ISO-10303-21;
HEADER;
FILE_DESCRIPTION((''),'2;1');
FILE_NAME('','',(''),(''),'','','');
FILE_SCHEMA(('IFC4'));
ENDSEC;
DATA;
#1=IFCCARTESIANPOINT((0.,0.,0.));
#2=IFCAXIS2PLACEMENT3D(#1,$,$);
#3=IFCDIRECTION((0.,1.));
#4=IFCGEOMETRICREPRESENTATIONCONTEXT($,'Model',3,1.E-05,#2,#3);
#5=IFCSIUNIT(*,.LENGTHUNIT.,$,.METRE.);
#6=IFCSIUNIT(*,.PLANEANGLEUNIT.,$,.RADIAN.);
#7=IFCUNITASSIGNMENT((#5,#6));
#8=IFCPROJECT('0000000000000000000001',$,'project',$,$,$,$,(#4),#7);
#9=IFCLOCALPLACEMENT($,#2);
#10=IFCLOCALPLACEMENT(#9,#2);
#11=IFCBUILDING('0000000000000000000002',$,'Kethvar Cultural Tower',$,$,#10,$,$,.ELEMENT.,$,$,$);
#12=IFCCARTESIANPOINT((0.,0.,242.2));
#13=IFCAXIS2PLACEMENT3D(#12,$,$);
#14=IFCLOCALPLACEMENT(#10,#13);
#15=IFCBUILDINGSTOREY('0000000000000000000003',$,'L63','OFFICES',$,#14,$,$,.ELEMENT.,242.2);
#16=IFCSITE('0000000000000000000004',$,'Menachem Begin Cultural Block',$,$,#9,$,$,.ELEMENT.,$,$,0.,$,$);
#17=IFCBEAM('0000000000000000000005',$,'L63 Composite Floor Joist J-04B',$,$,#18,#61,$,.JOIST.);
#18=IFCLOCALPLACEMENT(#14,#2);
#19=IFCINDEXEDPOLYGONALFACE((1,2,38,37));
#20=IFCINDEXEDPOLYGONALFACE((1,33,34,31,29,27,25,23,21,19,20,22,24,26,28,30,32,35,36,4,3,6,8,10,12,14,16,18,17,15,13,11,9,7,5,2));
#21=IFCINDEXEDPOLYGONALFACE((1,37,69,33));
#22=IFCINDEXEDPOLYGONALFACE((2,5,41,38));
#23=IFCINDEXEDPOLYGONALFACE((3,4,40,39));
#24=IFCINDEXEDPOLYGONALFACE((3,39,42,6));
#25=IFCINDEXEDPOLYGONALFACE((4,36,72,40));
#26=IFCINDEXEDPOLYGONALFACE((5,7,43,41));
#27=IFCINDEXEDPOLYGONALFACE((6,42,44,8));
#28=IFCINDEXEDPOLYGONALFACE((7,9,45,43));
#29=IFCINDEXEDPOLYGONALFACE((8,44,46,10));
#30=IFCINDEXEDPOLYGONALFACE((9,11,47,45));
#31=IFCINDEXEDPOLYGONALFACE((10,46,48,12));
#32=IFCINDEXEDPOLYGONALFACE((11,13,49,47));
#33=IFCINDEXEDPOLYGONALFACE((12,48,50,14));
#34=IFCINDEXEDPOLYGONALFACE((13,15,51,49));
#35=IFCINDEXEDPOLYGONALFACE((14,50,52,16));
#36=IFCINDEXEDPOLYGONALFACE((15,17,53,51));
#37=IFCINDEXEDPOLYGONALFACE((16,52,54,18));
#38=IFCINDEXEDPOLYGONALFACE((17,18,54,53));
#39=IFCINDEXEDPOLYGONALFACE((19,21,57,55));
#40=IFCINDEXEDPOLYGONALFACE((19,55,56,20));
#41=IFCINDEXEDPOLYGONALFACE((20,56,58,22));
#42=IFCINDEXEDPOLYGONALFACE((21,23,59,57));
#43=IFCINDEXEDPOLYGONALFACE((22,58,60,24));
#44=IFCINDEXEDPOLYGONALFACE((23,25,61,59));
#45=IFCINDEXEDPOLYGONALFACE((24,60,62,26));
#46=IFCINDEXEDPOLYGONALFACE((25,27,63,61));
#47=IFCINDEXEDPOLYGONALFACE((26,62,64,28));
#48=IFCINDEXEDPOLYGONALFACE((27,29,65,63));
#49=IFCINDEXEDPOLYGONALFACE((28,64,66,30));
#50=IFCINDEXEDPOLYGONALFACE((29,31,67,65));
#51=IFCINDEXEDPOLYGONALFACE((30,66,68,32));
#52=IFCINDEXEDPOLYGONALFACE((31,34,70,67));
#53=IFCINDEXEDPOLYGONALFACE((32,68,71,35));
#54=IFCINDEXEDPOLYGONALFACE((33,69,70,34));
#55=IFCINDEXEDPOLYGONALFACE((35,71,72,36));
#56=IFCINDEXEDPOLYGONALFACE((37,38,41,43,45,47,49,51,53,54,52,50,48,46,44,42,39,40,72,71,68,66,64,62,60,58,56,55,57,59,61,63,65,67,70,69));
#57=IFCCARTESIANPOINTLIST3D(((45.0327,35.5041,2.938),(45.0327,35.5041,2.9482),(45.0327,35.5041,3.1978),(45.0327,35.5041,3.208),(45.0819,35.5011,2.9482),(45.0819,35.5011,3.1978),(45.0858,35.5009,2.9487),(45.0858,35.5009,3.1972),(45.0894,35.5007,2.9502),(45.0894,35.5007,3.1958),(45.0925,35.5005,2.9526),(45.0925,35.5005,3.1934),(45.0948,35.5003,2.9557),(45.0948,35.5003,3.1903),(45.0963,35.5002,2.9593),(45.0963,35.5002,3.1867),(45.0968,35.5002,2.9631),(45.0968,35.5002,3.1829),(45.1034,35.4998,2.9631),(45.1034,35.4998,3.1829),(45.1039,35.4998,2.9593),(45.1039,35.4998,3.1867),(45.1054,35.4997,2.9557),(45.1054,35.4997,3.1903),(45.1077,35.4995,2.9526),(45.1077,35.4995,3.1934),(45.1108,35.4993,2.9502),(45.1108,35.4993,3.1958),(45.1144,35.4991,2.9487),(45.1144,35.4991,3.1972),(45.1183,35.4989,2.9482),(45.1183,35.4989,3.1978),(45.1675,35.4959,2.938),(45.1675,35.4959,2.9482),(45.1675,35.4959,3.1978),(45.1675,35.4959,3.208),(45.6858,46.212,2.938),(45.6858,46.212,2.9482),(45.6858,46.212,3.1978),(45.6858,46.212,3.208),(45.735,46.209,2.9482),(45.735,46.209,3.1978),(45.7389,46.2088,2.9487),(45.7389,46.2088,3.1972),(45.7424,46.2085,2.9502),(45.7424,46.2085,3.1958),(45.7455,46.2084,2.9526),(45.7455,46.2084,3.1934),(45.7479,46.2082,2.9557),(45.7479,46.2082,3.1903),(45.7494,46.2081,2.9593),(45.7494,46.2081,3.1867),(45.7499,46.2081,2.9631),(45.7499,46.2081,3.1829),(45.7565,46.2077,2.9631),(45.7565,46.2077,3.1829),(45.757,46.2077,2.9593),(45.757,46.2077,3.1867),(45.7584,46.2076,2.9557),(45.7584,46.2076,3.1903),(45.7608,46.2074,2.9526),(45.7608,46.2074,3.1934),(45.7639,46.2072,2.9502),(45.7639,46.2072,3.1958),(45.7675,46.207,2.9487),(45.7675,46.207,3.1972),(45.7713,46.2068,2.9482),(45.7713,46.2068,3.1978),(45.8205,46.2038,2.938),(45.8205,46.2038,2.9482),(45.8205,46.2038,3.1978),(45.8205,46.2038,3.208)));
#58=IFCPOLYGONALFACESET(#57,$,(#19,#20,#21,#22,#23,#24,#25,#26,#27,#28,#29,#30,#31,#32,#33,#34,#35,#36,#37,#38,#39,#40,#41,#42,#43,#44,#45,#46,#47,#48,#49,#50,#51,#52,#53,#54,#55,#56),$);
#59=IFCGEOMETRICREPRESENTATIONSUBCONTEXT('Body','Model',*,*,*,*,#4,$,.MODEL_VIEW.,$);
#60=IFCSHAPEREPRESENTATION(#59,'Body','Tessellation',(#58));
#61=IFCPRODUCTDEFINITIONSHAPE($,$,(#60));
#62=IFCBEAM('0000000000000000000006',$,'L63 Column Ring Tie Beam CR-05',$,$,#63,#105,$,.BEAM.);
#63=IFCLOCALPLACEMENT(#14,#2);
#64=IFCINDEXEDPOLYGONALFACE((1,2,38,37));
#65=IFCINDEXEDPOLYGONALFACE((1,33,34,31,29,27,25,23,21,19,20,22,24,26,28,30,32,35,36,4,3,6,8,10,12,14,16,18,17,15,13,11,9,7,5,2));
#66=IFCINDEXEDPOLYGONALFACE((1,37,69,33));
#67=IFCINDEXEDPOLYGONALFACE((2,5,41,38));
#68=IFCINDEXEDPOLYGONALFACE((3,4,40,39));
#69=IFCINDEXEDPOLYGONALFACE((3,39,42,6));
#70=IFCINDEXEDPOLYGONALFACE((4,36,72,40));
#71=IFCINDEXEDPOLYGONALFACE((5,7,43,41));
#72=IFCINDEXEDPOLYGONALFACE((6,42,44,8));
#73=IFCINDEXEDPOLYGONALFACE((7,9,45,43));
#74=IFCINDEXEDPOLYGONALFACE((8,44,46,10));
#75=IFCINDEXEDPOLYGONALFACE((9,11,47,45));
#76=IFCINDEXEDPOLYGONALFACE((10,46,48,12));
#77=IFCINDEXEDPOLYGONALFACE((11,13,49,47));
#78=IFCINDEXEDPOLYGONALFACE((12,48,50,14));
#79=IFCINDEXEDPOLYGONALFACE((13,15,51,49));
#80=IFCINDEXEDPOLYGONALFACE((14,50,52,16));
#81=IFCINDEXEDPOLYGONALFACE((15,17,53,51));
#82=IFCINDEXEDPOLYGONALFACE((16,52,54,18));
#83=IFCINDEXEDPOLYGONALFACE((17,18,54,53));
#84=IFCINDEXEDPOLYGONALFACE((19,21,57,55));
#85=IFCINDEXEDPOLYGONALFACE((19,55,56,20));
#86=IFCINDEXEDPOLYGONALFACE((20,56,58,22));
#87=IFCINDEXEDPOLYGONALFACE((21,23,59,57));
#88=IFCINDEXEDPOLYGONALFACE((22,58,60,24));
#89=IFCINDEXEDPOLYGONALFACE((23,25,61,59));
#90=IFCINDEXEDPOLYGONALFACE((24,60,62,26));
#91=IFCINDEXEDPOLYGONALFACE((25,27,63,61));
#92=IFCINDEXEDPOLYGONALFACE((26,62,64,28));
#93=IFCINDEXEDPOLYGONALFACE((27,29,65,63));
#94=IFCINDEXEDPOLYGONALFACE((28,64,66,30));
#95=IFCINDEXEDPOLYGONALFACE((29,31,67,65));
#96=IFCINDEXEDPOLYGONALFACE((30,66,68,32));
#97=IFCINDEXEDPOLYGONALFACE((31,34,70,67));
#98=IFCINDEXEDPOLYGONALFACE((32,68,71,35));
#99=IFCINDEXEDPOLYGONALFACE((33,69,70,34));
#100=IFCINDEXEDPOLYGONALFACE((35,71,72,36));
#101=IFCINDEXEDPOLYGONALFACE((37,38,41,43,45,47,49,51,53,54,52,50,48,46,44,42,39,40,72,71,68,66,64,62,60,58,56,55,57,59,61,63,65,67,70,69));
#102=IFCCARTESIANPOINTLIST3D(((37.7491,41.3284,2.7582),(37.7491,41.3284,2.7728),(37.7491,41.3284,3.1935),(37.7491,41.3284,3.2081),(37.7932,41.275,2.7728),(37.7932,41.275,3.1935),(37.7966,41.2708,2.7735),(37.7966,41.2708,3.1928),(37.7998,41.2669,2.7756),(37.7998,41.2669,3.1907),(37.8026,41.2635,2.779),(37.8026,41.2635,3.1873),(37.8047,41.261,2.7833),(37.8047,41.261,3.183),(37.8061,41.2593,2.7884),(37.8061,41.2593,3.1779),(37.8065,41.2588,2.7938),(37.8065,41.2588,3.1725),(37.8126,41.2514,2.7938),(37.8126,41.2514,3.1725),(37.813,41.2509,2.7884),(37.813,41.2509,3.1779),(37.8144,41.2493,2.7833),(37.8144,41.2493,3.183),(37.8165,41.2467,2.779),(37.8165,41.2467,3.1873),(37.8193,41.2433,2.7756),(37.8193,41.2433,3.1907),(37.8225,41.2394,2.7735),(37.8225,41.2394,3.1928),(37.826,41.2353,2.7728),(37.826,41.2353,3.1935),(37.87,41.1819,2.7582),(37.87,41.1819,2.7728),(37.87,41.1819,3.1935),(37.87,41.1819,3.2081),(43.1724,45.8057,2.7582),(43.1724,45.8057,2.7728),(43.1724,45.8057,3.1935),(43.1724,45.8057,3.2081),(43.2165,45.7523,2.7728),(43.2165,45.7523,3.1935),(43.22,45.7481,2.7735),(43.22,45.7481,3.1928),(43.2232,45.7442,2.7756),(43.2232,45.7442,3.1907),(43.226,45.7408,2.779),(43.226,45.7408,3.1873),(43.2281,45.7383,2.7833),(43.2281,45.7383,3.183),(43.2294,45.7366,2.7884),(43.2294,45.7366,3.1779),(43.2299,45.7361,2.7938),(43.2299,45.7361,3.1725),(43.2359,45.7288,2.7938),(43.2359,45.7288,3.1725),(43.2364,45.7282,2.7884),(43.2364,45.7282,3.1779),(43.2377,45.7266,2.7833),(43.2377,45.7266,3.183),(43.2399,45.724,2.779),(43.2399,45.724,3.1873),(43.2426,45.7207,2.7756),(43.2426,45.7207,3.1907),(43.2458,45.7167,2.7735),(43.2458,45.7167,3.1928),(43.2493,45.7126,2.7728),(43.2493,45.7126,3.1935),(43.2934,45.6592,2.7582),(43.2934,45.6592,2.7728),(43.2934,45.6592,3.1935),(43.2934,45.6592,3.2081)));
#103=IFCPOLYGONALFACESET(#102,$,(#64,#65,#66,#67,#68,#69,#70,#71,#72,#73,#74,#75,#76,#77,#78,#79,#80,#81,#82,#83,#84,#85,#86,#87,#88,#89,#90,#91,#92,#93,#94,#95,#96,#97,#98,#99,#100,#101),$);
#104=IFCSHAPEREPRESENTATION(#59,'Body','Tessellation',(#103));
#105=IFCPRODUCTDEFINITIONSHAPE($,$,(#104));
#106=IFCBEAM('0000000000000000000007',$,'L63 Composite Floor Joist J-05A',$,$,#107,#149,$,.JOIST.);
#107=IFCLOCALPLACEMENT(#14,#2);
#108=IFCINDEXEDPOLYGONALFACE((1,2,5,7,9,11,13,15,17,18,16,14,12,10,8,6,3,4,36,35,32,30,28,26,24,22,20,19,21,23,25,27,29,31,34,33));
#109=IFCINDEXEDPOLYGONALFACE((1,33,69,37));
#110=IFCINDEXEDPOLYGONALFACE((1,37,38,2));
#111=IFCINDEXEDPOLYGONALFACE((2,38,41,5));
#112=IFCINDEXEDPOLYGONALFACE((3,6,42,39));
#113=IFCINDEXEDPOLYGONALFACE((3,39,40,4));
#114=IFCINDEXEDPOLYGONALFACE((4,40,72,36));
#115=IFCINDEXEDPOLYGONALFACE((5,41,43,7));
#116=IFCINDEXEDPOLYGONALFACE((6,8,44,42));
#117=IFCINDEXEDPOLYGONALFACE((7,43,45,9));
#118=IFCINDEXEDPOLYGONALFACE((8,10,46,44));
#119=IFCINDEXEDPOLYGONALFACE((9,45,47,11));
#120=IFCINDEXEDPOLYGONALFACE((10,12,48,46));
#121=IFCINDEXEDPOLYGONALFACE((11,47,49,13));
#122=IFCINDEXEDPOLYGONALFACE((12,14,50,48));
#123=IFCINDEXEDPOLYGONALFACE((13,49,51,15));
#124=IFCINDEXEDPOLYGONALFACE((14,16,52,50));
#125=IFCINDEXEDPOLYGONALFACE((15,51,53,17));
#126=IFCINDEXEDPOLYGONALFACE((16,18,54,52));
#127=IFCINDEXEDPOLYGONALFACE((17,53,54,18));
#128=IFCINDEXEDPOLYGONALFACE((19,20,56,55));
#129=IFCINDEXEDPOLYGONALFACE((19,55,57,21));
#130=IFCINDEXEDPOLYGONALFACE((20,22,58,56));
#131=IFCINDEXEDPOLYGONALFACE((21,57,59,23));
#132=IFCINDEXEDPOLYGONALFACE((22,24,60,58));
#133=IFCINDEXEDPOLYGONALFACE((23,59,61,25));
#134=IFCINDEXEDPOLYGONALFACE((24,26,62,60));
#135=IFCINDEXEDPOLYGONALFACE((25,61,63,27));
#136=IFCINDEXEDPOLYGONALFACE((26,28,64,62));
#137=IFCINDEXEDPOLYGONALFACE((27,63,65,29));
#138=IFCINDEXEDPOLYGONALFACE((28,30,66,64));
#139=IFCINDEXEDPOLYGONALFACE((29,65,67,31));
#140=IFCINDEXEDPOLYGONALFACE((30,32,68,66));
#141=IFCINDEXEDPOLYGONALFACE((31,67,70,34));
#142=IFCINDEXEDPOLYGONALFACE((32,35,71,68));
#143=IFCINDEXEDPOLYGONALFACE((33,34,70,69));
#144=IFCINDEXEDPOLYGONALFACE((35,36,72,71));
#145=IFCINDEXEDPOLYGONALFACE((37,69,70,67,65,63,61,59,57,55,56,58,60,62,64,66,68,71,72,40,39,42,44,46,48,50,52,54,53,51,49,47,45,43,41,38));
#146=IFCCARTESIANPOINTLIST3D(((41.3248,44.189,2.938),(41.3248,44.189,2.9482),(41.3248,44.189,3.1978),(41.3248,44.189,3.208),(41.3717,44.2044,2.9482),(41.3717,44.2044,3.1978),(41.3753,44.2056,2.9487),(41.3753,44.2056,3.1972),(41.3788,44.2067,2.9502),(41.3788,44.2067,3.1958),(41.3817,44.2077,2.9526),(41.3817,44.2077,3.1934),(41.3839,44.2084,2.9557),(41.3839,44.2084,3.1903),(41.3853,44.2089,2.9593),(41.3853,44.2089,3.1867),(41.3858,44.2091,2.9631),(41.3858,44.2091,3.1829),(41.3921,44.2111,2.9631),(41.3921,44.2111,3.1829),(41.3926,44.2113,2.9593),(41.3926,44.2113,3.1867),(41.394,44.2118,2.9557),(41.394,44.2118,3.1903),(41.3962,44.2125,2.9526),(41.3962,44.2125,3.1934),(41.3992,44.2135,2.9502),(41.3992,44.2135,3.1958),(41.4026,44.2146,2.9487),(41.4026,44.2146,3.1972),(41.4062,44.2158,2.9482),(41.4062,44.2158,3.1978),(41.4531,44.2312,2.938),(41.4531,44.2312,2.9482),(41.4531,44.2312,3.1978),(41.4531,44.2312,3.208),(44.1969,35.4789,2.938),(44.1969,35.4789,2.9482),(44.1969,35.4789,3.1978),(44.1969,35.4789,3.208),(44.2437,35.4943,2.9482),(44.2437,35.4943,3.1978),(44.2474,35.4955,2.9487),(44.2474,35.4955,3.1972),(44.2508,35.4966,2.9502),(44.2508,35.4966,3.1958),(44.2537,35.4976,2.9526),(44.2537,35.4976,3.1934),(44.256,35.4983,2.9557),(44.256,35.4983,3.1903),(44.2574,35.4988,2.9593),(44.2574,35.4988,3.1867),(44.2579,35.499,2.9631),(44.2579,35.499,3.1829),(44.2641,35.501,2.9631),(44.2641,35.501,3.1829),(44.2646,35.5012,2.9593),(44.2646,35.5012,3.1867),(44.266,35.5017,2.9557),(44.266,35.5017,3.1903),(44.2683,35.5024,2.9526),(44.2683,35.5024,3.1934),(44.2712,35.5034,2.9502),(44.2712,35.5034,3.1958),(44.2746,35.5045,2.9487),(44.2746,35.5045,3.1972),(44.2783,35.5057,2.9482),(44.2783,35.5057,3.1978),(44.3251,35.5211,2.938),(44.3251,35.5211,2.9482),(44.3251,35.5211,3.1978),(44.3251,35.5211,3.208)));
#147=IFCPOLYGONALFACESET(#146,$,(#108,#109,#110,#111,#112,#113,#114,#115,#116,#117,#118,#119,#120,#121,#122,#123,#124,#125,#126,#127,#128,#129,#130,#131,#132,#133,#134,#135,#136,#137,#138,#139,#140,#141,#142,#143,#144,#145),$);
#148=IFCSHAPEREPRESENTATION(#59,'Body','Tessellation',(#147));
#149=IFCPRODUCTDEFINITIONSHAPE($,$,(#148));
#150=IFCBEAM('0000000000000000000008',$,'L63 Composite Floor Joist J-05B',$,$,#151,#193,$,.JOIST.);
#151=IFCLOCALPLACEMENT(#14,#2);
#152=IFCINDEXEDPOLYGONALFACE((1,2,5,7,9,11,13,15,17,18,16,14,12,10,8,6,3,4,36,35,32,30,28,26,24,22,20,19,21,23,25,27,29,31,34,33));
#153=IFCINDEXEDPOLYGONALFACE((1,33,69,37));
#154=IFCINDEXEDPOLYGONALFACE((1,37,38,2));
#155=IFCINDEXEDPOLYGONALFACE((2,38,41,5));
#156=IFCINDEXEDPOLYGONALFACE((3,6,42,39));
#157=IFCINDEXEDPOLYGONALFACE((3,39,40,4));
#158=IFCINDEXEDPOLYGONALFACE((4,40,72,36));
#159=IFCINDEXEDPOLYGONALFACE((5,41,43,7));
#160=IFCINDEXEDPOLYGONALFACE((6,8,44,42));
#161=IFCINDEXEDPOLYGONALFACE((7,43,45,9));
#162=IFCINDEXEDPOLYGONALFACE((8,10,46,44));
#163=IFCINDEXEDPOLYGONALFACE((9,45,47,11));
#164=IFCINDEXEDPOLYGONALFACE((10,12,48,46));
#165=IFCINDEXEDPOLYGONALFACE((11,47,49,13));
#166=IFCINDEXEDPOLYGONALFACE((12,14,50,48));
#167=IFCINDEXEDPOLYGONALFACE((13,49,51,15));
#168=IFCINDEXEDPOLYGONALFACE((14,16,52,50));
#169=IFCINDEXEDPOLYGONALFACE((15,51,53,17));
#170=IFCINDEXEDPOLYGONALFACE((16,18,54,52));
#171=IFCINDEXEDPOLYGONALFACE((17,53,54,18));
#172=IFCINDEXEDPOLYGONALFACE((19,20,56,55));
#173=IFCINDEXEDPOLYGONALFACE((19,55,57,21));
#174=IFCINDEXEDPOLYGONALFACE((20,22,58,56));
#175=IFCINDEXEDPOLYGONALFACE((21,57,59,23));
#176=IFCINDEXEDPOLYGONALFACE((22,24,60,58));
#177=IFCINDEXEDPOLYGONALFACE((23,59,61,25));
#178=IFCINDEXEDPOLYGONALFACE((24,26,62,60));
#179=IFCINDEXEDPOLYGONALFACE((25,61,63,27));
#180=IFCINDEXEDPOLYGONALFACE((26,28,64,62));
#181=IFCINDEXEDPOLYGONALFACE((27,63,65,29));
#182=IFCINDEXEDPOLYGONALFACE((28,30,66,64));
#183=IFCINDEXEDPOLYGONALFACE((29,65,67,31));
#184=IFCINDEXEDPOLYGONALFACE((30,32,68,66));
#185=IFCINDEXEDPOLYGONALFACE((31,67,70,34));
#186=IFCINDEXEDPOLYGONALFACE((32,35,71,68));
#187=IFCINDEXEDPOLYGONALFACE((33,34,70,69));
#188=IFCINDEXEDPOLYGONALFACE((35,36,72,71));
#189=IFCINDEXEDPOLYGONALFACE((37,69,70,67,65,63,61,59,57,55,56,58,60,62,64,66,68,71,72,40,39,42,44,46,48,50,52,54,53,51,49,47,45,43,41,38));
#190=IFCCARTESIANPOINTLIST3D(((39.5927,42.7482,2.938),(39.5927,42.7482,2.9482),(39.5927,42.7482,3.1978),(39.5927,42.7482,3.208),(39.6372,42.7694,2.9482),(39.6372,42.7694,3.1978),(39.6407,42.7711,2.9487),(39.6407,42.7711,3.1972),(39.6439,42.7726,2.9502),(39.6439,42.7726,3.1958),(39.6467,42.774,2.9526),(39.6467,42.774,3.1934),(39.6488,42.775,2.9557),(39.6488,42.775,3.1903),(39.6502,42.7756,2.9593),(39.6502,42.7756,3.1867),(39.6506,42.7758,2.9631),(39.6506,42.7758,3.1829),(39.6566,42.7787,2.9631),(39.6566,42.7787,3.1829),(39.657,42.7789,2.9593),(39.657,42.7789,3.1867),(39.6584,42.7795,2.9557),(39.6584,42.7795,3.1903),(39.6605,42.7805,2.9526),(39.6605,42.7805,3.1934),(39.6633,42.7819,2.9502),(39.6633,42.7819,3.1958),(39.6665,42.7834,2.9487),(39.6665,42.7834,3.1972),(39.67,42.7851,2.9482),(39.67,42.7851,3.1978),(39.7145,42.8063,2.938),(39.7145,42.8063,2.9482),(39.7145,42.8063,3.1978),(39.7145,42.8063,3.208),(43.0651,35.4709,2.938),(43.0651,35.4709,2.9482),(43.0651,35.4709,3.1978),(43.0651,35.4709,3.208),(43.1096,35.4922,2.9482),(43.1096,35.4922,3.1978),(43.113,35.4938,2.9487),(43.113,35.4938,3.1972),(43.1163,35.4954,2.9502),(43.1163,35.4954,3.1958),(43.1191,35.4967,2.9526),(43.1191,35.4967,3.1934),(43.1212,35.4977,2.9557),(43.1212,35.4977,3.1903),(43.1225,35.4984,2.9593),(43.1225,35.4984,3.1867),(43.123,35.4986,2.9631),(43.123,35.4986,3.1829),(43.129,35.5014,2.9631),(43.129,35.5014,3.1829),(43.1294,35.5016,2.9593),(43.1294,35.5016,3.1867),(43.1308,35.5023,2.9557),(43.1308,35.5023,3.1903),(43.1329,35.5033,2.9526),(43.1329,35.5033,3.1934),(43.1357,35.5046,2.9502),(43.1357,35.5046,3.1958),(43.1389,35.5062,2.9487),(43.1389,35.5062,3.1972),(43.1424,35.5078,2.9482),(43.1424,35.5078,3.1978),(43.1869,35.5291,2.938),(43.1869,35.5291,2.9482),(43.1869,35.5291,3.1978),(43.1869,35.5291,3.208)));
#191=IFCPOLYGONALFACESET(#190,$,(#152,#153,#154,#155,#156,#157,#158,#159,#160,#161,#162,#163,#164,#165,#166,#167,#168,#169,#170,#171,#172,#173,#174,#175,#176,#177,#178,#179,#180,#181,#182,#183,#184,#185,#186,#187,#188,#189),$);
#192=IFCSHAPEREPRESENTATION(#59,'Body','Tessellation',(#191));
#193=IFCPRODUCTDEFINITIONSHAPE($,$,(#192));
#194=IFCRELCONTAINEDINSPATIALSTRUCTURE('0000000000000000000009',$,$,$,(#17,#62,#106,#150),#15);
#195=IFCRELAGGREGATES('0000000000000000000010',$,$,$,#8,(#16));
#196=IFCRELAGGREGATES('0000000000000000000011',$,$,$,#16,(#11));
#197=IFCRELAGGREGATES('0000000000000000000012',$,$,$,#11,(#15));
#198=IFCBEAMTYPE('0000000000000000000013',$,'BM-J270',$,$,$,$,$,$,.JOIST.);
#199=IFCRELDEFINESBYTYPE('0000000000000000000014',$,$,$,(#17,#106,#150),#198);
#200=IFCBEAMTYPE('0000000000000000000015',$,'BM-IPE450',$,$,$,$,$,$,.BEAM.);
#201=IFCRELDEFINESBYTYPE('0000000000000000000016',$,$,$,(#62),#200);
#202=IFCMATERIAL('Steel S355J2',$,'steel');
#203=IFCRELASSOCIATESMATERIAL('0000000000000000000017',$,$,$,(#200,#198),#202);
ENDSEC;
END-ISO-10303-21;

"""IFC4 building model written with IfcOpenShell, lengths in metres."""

from ifc_helpers import new_model, si_unit, direction, frame, origin, origin_2d, place, context, subcontext, project, spatial, i_section, extrude, source, transform, mapped, material, material_profile, profile_set, type_object, element, save


model = new_model("IFC4")

# Units and contexts
model_context = context("Model", 3, precision=1e-05, world=origin(), true_north=direction((0.0, 1.0)))
body_context = subcontext(model_context, "Body", "Model", "MODEL_VIEW")
ifc_project = project(units=[si_unit("LENGTHUNIT", "METRE"), si_unit("PLANEANGLEUNIT", "RADIAN")], contexts=[model_context])

# Site, building, storey
site_placement = place(None, origin())
site = spatial("IfcSite", under=ifc_project, at=site_placement, Name="Menachem Begin Cultural Block", CompositionType="ELEMENT", RefElevation=0.0)
building_placement = place(site_placement, origin())
building = spatial("IfcBuilding", under=site, at=building_placement, Name="Kethvar Cultural Tower", CompositionType="ELEMENT")
storey_placement = place(building_placement, frame((0.0, 0.0, 242.2)))
storey = spatial("IfcBuildingStorey", under=building, at=storey_placement, Name="L63", Description="OFFICES", CompositionType="ELEMENT", Elevation=242.2)

# Beams
ifc_material_1 = material(Name="Steel S355J2", Category="steel")
ifc_material_profile_1 = material_profile(ifc_material_1, i_section(OverallWidth=0.1899, OverallDepth=0.45, WebThickness=0.0095, FlangeThickness=0.0146, FilletRadius=0.021, at=origin_2d()), Name="Steel S355J2 — IPE450")
ifc_profile_set_1 = profile_set([ifc_material_profile_1], Name="Steel S355J2 — IPE450")
beam_type_1 = type_object("IfcBeamType", Name="BM-IPE450", PredefinedType="BEAM", material=ifc_profile_set_1)
ifc_material_profile_2 = material_profile(ifc_material_1, i_section(OverallWidth=0.135, OverallDepth=0.27, WebThickness=0.0066, FlangeThickness=0.0103, FilletRadius=0.0149, at=origin_2d()), Name="Steel S355J2 — IPE270")
ifc_profile_set_2 = profile_set([ifc_material_profile_2], Name="Steel S355J2 — IPE270")
beam_type_2 = type_object("IfcBeamType", Name="BM-J270", PredefinedType="JOIST", material=ifc_profile_set_2)
shared_shape_1 = source(origin(), body_context, "Body", "SweptSolid", [
    extrude(i_section(OverallWidth=0.135, OverallDepth=0.27, WebThickness=0.0066, FlangeThickness=0.0103, FilletRadius=0.0149, at=origin_2d()), origin(), (0.0, 0.0, 1.0), 10.7278),
])
beam_1_placement = place(storey_placement, frame((45.1001, 35.5, 3.073), z_axis=(0.060876, 0.998145, 0.0), x_axis=(-0.998145, 0.060876, 0.0)))
element("IfcBeam", 1, at=beam_1_placement, inside=storey, type_object=beam_type_2, Name="L63 Composite Floor Joist J-04B", PredefinedType="JOIST", context=body_context, shape_type="MappedRepresentation", body=[
    mapped(shared_shape_1, transform((0.0, 0.0, 0.0), scale=1.0)),
])
shared_shape_2 = source(origin(), body_context, "Body", "SweptSolid", [
    extrude(i_section(OverallWidth=0.1899, OverallDepth=0.45, WebThickness=0.0095, FlangeThickness=0.0146, FilletRadius=0.021, at=origin_2d()), origin(), (0.0, 0.0, 1.0), 7.0327),
])
beam_2_placement = place(storey_placement, frame((43.2329, 45.7324, 2.9832), z_axis=(-0.771161, -0.63664, 0.0), x_axis=(0.63664, -0.771161, 0.0)))
element("IfcBeam", 2, at=beam_2_placement, inside=storey, type_object=beam_type_1, Name="L63 Column Ring Tie Beam CR-05", PredefinedType="BEAM", context=body_context, shape_type="MappedRepresentation", body=[
    mapped(shared_shape_2, transform((0.0, 0.0, 0.0), scale=1.0)),
])
shared_shape_3 = source(origin(), body_context, "Body", "SweptSolid", [
    extrude(i_section(OverallWidth=0.135, OverallDepth=0.27, WebThickness=0.0066, FlangeThickness=0.0103, FilletRadius=0.0149, at=origin_2d()), origin(), (0.0, 0.0, 1.0), 9.1714),
])
beam_3_placement = place(storey_placement, frame((44.261, 35.5, 3.073), z_axis=(-0.313152, 0.949703, 0.0), x_axis=(-0.949703, -0.313152, 0.0)))
element("IfcBeam", 3, at=beam_3_placement, inside=storey, type_object=beam_type_2, Name="L63 Composite Floor Joist J-05A", PredefinedType="JOIST", context=body_context, shape_type="MappedRepresentation", body=[
    mapped(shared_shape_3, transform((0.0, 0.0, 0.0), scale=1.0)),
])
shared_shape_4 = source(origin(), body_context, "Body", "SweptSolid", [
    extrude(i_section(OverallWidth=0.135, OverallDepth=0.27, WebThickness=0.0066, FlangeThickness=0.0103, FilletRadius=0.0149, at=origin_2d()), origin(), (0.0, 0.0, 1.0), 8.0632),
])
beam_4_placement = place(storey_placement, frame((43.126, 35.5, 3.073), z_axis=(-0.430642, 0.902523, 0.0), x_axis=(-0.902523, -0.430642, 0.0)))
element("IfcBeam", 4, at=beam_4_placement, inside=storey, type_object=beam_type_2, Name="L63 Composite Floor Joist J-05B", PredefinedType="JOIST", context=body_context, shape_type="MappedRepresentation", body=[
    mapped(shared_shape_4, transform((0.0, 0.0, 0.0), scale=1.0)),
])

save(model, "model.ifc")
